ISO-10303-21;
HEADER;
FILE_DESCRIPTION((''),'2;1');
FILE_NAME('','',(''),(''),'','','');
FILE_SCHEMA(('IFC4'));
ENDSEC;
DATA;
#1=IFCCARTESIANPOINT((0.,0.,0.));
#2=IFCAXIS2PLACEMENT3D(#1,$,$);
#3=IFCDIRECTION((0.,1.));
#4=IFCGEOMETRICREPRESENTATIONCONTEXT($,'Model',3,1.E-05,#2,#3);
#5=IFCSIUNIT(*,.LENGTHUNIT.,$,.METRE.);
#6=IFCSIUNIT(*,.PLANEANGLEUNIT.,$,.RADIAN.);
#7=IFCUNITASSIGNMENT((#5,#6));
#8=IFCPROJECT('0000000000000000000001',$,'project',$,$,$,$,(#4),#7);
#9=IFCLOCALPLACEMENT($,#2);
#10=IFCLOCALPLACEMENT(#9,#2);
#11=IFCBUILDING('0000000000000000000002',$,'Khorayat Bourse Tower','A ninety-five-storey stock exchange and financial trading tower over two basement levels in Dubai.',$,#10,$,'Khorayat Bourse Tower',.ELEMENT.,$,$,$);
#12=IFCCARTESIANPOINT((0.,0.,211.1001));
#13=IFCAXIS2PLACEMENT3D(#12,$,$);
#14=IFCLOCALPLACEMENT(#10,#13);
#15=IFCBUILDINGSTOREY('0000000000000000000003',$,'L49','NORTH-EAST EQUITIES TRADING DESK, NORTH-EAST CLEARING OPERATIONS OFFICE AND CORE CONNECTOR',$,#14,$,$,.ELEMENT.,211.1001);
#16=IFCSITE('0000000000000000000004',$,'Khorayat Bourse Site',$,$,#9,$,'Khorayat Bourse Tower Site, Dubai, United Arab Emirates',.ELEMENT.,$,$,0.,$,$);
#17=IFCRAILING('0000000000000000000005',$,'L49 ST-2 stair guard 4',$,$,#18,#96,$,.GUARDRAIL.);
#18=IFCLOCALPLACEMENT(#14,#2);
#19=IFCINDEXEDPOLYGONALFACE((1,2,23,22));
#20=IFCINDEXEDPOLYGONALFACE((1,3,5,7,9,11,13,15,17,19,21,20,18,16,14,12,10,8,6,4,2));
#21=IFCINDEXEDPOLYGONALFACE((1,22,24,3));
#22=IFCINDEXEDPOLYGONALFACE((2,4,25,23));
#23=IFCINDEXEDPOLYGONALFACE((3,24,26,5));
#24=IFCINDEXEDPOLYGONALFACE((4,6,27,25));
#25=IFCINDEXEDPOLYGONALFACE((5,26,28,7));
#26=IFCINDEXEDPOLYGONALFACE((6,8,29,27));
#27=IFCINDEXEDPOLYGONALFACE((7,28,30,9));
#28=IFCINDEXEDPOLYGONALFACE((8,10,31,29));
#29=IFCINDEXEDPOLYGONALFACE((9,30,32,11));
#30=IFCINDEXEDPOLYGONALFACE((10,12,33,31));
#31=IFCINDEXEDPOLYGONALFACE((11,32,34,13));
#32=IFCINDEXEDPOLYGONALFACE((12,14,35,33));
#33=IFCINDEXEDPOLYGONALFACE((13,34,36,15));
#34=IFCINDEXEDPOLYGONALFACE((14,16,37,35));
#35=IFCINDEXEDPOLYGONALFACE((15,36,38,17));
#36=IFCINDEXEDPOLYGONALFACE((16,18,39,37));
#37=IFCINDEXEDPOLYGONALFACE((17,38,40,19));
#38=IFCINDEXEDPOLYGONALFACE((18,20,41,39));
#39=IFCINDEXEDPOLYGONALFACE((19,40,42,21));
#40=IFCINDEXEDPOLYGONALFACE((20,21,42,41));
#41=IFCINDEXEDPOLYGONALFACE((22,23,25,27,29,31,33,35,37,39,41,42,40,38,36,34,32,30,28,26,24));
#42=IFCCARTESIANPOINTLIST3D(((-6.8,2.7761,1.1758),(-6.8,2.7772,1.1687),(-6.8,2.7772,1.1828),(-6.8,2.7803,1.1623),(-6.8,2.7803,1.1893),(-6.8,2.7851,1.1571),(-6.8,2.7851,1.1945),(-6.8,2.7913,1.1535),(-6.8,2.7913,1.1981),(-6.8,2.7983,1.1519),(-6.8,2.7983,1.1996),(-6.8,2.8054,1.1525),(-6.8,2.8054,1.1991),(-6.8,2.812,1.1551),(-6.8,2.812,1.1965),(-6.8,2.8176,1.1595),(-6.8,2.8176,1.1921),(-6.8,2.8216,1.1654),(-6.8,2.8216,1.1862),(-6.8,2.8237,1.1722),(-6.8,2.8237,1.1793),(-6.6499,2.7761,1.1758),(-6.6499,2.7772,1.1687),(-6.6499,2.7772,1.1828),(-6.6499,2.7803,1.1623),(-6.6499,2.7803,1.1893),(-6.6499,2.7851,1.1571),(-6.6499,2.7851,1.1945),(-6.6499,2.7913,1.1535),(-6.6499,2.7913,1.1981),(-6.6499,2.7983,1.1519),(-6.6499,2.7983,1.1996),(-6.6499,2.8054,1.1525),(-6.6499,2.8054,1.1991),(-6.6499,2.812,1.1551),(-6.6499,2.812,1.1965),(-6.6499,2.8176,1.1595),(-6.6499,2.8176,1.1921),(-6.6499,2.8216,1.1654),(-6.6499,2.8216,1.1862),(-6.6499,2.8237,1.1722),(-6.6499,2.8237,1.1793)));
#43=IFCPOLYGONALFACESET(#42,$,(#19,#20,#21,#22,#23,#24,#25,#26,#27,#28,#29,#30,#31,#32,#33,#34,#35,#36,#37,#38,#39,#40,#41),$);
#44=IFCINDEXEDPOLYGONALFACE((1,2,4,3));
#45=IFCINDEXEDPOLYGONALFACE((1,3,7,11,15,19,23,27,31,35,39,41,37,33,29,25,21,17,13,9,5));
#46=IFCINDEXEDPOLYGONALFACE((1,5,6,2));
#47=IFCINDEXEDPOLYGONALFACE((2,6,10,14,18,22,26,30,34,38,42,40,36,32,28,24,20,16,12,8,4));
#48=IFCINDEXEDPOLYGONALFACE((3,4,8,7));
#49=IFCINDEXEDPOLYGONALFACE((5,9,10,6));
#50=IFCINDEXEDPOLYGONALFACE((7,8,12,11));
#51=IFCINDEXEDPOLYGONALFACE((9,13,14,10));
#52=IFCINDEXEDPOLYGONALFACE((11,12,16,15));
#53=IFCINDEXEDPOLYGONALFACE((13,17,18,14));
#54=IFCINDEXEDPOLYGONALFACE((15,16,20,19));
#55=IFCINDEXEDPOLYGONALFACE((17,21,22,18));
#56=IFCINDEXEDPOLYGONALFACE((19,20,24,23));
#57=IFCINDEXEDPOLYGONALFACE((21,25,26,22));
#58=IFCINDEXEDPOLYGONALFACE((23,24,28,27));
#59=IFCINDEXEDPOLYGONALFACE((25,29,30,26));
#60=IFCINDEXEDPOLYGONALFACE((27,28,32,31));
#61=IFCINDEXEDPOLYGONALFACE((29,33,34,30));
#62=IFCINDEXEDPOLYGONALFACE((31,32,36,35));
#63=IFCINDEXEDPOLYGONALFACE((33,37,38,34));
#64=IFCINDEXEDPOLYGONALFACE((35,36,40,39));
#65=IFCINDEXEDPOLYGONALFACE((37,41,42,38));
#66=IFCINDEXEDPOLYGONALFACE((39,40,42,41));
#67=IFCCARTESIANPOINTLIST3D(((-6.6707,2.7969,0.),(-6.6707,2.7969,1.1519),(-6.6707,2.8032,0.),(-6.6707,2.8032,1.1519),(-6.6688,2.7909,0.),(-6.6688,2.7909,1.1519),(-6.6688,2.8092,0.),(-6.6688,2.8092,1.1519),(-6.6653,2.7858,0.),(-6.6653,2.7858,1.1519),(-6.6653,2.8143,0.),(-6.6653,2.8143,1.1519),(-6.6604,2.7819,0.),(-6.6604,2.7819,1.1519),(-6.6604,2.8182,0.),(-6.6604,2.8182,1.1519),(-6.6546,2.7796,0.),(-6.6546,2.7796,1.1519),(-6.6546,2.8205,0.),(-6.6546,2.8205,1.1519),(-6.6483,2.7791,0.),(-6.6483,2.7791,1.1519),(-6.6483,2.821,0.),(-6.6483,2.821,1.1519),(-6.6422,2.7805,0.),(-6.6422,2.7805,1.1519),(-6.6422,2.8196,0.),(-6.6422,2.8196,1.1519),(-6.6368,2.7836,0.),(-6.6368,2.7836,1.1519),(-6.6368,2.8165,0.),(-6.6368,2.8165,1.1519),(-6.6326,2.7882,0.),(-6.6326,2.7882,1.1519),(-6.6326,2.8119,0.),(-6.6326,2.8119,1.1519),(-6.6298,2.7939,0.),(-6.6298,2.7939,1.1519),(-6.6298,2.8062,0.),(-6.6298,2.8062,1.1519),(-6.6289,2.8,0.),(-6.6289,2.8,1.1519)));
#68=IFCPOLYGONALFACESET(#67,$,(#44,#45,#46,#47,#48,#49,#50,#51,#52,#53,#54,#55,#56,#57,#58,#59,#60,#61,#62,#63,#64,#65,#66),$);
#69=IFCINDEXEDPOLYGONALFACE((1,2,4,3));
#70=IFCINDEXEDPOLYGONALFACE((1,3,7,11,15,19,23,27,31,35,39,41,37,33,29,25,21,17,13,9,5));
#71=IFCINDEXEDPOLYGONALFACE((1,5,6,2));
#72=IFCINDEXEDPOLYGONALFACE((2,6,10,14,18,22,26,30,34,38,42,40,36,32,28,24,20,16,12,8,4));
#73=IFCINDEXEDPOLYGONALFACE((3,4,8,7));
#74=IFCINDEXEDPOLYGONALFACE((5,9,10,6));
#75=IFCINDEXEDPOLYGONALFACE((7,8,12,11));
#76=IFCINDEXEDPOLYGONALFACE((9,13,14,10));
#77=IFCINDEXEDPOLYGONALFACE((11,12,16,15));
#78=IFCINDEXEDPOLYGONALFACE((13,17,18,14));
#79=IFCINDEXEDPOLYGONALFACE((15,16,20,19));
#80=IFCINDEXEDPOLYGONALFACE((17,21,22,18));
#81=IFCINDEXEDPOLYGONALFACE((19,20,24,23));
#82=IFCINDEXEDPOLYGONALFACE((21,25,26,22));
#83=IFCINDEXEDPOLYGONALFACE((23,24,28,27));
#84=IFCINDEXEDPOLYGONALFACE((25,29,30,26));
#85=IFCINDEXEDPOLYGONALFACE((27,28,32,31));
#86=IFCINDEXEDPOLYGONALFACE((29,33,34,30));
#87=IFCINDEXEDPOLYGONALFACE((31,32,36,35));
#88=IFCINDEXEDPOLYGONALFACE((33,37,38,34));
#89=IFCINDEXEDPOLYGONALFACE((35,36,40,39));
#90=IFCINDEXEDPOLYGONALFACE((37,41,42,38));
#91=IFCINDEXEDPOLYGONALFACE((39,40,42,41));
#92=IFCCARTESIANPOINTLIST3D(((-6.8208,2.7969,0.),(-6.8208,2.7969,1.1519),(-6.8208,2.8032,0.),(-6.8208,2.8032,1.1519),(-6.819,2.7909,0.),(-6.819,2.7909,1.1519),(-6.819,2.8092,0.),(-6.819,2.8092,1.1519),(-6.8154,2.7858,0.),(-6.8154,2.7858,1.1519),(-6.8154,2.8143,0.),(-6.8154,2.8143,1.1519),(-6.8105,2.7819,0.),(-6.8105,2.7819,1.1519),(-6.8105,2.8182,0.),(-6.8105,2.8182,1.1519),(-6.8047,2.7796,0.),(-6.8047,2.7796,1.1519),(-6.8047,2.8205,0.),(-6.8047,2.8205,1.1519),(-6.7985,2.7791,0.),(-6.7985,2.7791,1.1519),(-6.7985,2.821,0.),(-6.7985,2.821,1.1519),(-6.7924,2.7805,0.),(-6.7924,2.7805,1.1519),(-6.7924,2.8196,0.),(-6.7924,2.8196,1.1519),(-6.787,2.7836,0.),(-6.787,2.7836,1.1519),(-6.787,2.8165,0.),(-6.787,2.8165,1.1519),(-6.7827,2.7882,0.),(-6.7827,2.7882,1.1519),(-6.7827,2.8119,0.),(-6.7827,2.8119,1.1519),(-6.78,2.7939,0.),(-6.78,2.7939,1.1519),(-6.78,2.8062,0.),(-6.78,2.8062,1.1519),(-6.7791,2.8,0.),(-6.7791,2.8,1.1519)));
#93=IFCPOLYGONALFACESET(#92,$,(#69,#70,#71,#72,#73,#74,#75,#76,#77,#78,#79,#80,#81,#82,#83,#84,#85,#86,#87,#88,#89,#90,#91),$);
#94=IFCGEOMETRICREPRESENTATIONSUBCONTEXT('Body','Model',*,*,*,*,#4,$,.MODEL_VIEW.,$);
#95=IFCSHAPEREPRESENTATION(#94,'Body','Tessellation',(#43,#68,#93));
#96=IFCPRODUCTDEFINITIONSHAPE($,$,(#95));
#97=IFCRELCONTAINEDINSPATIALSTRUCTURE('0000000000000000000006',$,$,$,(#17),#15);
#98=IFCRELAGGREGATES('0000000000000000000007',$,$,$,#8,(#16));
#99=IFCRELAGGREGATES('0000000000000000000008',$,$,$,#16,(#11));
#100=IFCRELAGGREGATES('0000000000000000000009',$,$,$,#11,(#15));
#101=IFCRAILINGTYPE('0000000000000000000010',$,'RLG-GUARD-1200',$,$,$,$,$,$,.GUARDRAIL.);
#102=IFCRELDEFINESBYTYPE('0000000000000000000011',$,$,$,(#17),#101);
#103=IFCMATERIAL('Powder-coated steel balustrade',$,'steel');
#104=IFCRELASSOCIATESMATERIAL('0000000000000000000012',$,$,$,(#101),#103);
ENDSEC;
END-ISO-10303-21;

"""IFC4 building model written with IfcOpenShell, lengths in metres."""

from ifc_helpers import new_model, si_unit, direction, frame, origin, origin_2d, place, context, subcontext, project, spatial, circle, extrude, source, transform, mapped, material, type_object, element, save


model = new_model("IFC4")

# Units and contexts
model_context = context("Model", 3, precision=1e-05, world=origin(), true_north=direction((0.0, 1.0)))
body_context = subcontext(model_context, "Body", "Model", "MODEL_VIEW")
ifc_project = project(units=[si_unit("LENGTHUNIT", "METRE"), si_unit("PLANEANGLEUNIT", "RADIAN")], contexts=[model_context])

# Site, building, storey
site_placement = place(None, origin())
site = spatial("IfcSite", under=ifc_project, at=site_placement, Name="Khorayat Bourse Site", LongName="Khorayat Bourse Tower Site, Dubai, United Arab Emirates", CompositionType="ELEMENT", RefElevation=0.0)
building_placement = place(site_placement, origin())
building = spatial("IfcBuilding", under=site, at=building_placement, Name="Khorayat Bourse Tower", Description="A ninety-five-storey stock exchange and financial trading tower over two basement levels in Dubai.", LongName="Khorayat Bourse Tower", CompositionType="ELEMENT")
storey_placement = place(building_placement, frame((0.0, 0.0, 211.1001)))
storey = spatial("IfcBuildingStorey", under=building, at=storey_placement, Name="L49", Description="NORTH-EAST EQUITIES TRADING DESK, NORTH-EAST CLEARING OPERATIONS OFFICE AND CORE CONNECTOR", CompositionType="ELEMENT", Elevation=211.1001)

# Railing
ifc_material_1 = material(Name="Powder-coated steel balustrade", Category="steel")
railing_type_1 = type_object("IfcRailingType", Name="RLG-GUARD-1200", PredefinedType="GUARDRAIL", material=ifc_material_1)
shared_shape_1 = source(origin(), body_context, "Body", "SweptSolid", [
    extrude(circle(Radius=0.0239, at=origin_2d()), frame((0.0, 0.0, 1.1758), z_axis=(-1.0, 0.0, 0.0), x_axis=(0.0, -1.0, 0.0)), (0.0, 0.0, 1.0), 0.1501),
    extrude(circle(Radius=0.021, at=origin_2d()), origin(), (0.0, 0.0, 1.0), 1.1519),
    extrude(circle(Radius=0.021, at=origin_2d()), frame((-0.1501, 0.0, 0.0)), (0.0, 0.0, 1.0), 1.1519),
])
for number, where, name in (
    (1, (-6.6499, 2.8, 0.0), "L49 ST-2 stair guard 4"),
):
    element("IfcRailing", number, at=place(storey_placement, frame(where)), inside=storey, type_object=railing_type_1, Name=name, PredefinedType="GUARDRAIL", context=body_context, shape_type="MappedRepresentation", body=[
        mapped(shared_shape_1, transform((0.0, 0.0, 0.0), scale=1.0)),
    ])

save(model, "model.ifc")
